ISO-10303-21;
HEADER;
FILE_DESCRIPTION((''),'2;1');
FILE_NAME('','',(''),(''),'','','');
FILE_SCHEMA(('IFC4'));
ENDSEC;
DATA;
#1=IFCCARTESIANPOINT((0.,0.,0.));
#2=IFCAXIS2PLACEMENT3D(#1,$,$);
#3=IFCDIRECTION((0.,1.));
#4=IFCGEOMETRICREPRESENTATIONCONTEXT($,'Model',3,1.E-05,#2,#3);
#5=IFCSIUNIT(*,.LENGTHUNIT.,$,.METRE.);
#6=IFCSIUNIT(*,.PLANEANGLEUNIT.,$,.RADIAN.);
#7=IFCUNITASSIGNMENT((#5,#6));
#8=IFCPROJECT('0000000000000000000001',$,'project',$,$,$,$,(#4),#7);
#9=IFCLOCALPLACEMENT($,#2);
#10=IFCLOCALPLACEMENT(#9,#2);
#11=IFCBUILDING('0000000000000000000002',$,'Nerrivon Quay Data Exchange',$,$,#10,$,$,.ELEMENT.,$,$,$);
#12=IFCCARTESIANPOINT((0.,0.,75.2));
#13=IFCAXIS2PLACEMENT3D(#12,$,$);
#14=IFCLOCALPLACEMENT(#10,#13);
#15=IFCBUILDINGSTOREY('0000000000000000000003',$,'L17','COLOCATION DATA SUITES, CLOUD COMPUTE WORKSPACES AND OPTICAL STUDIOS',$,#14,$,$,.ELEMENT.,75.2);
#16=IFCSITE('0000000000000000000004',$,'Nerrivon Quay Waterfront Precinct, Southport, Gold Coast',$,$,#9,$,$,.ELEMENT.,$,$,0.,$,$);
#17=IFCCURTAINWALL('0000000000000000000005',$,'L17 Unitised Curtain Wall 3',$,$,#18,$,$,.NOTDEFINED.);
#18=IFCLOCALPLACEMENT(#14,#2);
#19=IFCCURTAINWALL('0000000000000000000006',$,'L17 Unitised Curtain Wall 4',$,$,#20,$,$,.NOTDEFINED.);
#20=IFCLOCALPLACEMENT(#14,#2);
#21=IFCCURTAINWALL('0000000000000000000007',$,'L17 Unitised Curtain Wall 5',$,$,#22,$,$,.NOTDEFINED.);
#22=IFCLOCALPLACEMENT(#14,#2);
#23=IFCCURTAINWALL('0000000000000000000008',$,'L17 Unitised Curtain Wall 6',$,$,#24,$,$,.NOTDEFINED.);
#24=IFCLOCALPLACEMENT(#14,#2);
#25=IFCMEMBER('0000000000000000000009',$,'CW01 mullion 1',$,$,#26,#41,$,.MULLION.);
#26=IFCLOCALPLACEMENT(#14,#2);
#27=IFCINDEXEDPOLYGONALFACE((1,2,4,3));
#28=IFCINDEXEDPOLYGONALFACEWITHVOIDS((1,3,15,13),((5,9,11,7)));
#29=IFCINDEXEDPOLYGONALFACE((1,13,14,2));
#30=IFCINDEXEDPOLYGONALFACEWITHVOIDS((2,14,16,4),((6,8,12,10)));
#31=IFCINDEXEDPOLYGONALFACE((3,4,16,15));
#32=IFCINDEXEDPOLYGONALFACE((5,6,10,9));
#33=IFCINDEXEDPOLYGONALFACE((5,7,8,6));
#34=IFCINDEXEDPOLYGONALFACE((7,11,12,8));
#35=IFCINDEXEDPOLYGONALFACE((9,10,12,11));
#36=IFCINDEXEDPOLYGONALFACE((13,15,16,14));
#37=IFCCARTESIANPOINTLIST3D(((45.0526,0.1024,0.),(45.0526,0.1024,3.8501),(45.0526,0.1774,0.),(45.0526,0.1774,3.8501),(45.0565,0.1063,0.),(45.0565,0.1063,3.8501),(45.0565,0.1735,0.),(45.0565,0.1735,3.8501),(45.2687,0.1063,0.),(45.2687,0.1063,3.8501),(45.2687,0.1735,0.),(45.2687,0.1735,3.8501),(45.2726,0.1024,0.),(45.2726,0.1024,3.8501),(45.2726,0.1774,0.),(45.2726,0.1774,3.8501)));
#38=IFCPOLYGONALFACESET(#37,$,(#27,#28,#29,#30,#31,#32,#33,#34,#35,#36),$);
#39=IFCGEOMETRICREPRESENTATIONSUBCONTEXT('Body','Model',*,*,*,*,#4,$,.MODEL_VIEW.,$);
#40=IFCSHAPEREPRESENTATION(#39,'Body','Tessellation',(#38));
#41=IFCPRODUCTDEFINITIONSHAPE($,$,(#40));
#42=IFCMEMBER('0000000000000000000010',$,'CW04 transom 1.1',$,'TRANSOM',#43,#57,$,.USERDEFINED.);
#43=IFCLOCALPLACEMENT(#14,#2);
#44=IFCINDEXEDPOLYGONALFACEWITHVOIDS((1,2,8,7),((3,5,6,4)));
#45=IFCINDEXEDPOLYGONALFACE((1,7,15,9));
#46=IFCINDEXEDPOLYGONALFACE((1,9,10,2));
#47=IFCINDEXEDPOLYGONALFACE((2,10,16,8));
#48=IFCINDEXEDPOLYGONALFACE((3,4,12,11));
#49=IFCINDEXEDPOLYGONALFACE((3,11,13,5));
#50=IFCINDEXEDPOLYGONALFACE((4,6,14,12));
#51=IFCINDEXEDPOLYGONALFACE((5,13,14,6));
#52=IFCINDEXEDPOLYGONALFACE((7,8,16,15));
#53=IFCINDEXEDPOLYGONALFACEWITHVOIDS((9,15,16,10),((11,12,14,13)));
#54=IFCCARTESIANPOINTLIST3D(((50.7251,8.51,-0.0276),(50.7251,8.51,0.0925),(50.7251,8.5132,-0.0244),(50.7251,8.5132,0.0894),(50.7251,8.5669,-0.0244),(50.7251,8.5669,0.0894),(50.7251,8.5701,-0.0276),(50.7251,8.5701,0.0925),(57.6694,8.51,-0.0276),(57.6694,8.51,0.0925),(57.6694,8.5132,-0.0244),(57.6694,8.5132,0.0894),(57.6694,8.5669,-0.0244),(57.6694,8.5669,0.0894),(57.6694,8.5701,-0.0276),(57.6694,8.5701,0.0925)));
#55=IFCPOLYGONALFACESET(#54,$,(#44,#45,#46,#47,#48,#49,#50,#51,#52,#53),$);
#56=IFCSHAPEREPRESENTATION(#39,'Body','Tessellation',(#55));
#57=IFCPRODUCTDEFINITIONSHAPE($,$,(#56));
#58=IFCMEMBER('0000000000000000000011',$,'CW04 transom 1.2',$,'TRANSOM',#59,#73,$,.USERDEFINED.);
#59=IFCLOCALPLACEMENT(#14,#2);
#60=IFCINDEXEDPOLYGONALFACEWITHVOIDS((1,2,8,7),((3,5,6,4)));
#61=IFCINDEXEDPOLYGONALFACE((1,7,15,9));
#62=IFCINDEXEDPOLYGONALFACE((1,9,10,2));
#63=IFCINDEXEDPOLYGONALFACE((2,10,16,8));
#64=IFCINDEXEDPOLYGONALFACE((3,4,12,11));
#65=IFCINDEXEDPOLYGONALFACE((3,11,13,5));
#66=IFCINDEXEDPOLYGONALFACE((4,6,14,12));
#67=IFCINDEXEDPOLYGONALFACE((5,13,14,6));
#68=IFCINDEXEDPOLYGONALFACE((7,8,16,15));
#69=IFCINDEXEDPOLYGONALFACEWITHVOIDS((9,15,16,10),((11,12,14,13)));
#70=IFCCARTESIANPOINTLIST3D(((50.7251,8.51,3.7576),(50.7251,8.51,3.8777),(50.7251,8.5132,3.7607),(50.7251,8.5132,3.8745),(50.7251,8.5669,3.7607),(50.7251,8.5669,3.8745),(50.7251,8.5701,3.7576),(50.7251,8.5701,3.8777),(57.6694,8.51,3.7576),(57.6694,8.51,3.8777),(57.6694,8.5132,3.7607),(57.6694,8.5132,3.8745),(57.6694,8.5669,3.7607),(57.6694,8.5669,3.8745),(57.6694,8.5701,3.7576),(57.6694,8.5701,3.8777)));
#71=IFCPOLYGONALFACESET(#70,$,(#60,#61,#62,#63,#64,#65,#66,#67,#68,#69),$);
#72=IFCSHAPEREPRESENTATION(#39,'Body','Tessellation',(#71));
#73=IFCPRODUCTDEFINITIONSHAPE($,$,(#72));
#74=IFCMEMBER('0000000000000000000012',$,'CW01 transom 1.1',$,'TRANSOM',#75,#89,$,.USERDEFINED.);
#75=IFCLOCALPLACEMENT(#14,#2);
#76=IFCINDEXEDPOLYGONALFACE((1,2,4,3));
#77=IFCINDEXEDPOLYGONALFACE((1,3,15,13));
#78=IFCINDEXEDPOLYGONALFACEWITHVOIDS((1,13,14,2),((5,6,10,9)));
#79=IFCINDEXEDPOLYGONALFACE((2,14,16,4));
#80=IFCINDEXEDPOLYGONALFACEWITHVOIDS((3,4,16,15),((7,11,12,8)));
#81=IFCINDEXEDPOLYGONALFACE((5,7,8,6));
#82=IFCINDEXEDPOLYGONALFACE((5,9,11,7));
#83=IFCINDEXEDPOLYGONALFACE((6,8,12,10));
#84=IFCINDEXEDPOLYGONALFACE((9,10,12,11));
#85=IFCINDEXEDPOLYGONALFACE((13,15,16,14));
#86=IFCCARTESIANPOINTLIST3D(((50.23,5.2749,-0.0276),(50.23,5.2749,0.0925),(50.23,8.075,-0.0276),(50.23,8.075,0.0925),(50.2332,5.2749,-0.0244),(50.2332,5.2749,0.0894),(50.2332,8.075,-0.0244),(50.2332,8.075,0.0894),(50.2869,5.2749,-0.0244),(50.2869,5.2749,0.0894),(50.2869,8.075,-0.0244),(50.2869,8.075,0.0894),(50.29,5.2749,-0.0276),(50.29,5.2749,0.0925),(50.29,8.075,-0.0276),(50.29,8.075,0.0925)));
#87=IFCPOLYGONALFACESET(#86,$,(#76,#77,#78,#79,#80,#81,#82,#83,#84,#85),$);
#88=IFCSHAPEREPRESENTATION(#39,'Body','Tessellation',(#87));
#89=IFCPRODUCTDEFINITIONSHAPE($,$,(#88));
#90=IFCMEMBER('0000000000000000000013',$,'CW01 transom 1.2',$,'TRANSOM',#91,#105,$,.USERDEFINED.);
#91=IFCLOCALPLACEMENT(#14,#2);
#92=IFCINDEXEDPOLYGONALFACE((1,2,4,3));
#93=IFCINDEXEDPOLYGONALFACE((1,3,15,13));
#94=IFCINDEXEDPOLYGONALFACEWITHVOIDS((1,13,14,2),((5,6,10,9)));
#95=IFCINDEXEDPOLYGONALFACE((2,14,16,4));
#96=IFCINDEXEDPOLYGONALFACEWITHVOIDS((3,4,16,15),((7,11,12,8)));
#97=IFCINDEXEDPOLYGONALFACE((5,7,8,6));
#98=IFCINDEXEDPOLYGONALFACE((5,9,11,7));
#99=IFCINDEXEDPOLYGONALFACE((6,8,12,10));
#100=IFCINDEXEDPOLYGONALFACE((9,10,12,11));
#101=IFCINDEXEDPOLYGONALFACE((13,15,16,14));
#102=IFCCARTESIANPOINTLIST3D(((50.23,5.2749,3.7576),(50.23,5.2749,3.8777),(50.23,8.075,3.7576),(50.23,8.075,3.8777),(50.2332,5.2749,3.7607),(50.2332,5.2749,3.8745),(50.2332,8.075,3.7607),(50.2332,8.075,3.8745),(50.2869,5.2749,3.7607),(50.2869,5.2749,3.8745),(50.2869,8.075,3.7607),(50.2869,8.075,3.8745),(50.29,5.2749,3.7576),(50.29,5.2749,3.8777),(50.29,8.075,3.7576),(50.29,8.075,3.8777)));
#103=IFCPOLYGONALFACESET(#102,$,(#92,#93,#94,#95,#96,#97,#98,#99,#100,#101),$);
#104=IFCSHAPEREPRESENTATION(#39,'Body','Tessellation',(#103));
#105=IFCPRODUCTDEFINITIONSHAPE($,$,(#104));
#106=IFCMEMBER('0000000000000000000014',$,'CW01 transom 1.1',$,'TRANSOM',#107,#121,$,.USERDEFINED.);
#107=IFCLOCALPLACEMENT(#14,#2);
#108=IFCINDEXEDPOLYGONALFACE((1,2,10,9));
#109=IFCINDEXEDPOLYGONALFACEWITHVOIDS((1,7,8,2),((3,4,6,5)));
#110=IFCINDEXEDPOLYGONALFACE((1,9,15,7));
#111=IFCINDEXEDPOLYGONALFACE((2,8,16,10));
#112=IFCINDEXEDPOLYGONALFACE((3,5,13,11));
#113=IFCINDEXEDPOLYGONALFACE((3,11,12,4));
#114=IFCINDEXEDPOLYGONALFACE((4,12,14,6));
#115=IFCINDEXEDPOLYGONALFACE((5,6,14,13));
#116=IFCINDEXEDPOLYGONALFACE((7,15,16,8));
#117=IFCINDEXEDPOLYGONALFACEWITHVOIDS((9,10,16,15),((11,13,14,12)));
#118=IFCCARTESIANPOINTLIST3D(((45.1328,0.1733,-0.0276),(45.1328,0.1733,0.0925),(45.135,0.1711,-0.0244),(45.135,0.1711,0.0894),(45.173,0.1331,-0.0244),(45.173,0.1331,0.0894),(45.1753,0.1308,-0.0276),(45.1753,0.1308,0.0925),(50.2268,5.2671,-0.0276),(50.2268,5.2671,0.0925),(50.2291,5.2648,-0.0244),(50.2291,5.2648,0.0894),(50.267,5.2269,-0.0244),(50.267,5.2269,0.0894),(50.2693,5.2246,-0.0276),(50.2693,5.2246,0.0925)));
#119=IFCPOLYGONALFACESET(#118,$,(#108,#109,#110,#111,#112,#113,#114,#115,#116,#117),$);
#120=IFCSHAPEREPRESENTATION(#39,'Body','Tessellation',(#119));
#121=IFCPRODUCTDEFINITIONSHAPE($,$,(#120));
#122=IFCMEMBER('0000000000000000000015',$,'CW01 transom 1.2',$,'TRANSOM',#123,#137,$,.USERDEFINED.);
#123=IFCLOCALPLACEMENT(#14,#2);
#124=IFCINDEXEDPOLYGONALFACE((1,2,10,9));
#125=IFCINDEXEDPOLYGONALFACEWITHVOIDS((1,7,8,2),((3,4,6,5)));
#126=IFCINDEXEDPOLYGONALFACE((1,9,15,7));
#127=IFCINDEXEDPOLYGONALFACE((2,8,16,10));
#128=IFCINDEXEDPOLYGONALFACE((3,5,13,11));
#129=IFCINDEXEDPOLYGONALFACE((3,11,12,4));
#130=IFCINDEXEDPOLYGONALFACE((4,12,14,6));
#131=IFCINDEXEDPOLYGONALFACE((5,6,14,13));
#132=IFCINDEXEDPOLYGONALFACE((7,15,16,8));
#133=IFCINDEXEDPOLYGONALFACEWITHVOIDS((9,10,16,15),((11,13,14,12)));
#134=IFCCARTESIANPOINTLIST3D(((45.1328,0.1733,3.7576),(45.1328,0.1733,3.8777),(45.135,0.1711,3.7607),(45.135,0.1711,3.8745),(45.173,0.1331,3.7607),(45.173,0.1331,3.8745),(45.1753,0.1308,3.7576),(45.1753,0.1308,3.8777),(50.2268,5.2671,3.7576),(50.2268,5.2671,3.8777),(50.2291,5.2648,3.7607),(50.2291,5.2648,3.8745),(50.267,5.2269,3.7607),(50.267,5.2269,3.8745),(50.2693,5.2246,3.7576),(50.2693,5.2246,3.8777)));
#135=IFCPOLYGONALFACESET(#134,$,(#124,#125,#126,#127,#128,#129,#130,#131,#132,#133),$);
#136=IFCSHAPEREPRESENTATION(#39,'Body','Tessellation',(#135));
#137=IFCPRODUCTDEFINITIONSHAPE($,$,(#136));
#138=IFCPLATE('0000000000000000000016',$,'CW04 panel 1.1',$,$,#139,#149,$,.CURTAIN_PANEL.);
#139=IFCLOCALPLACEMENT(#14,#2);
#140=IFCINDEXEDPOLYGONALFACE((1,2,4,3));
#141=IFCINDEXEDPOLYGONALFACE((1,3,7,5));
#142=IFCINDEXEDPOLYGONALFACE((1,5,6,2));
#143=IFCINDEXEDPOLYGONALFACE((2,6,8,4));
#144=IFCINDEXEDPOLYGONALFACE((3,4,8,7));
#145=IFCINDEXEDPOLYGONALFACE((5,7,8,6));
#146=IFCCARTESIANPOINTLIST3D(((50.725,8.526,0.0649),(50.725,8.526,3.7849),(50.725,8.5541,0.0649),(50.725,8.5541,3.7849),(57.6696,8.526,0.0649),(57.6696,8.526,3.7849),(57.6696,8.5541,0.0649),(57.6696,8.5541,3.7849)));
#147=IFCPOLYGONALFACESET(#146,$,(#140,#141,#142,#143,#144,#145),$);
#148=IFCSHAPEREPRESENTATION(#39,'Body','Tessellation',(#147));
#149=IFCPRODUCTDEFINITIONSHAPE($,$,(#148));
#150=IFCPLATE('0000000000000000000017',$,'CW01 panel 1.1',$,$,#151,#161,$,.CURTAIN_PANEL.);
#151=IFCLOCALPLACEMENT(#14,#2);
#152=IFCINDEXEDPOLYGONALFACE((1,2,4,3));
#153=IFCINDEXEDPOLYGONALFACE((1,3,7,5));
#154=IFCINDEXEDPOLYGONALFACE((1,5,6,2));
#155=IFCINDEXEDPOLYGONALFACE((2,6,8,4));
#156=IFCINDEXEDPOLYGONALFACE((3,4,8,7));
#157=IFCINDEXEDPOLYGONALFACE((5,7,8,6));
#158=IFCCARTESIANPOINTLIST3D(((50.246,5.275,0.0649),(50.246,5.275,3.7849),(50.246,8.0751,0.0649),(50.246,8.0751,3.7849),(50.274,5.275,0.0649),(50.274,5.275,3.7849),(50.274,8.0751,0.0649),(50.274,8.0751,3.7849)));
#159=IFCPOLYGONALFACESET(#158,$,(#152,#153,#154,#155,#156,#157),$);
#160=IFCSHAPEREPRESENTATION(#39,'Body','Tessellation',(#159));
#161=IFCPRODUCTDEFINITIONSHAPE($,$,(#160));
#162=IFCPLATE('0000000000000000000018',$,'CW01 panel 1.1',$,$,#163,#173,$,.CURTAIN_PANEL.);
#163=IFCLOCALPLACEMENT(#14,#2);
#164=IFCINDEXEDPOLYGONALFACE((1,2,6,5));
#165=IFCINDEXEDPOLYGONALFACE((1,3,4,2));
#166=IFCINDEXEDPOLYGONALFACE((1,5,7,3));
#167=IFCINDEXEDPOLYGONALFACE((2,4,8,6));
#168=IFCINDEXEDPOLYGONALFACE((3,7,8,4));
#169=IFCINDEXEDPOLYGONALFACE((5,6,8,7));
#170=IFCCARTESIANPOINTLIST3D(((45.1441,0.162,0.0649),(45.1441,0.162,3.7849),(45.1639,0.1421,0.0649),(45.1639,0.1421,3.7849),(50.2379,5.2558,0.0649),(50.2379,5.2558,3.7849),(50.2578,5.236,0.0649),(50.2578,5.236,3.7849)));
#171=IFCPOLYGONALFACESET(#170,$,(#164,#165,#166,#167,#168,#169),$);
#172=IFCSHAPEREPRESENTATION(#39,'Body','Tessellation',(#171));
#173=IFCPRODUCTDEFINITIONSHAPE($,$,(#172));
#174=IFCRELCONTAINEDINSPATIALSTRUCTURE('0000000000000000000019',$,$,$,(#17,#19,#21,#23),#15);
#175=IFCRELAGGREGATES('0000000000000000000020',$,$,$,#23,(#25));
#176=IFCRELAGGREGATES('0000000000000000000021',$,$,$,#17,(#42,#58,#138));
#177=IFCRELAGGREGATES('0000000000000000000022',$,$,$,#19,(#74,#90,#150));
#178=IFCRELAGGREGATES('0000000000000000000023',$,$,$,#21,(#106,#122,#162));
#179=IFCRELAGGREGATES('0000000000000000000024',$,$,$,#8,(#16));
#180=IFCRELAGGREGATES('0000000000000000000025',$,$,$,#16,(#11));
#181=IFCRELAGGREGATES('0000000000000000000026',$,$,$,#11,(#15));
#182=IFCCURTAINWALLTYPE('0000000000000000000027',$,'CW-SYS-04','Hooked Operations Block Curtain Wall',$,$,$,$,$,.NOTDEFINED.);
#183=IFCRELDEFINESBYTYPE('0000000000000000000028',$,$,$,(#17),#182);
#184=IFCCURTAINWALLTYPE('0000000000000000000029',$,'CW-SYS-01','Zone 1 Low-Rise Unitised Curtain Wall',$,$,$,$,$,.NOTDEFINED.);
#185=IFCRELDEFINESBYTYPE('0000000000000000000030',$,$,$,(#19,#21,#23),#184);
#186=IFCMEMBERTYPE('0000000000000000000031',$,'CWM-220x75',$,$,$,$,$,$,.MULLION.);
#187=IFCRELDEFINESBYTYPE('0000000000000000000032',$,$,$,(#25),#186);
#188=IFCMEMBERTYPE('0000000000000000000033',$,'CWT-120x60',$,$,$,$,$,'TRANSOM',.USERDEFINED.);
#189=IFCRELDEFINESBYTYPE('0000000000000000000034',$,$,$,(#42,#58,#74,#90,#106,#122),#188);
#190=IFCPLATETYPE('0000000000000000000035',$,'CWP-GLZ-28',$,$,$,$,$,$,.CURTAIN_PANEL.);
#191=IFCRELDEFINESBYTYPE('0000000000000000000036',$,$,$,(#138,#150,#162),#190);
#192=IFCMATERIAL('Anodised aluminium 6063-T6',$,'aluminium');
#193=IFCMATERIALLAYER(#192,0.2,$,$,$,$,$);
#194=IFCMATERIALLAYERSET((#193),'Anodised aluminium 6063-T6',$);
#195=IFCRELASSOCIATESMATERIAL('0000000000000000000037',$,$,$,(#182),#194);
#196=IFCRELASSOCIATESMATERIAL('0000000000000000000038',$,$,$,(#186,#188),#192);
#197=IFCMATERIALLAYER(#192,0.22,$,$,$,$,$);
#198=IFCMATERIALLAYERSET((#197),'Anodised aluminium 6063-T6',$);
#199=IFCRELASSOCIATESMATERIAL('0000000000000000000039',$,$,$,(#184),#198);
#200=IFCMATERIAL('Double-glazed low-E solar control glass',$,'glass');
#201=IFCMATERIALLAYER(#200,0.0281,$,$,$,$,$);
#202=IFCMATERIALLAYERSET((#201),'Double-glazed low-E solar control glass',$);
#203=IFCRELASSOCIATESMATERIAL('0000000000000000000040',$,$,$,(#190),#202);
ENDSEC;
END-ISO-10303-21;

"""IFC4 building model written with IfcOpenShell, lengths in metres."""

from ifc_helpers import new_model, si_unit, direction, frame, origin, origin_2d, place, context, subcontext, project, spatial, rectangle, hollow_rectangle, extrude, material, layer, layer_set, material_profile, profile_set, type_object, element, aggregate, save


model = new_model("IFC4")

# Units and contexts
model_context = context("Model", 3, precision=1e-05, world=origin(), true_north=direction((0.0, 1.0)))
body_context = subcontext(model_context, "Body", "Model", "MODEL_VIEW")
ifc_project = project(units=[si_unit("LENGTHUNIT", "METRE"), si_unit("PLANEANGLEUNIT", "RADIAN")], contexts=[model_context])

# Site, building, storey
site_placement = place(None, origin())
site = spatial("IfcSite", under=ifc_project, at=site_placement, Name="Nerrivon Quay Waterfront Precinct, Southport, Gold Coast", CompositionType="ELEMENT", RefElevation=0.0)
building_placement = place(site_placement, origin())
building = spatial("IfcBuilding", under=site, at=building_placement, Name="Nerrivon Quay Data Exchange", CompositionType="ELEMENT")
storey_placement = place(building_placement, frame((0.0, 0.0, 75.2)))
storey = spatial("IfcBuildingStorey", under=building, at=storey_placement, Name="L17", Description="COLOCATION DATA SUITES, CLOUD COMPUTE WORKSPACES AND OPTICAL STUDIOS", CompositionType="ELEMENT", Elevation=75.2)

# Curtain walls
ifc_material_1 = material(Name="Anodised aluminium 6063-T6", Category="aluminium")
ifc_layer_1 = layer(ifc_material_1, 0.2)
ifc_layer_set_1 = layer_set([ifc_layer_1], Name="Anodised aluminium 6063-T6")
curtain_wall_type_1 = type_object("IfcCurtainWallType", Name="CW-SYS-04", Description="Hooked Operations Block Curtain Wall", PredefinedType="NOTDEFINED", material=ifc_layer_set_1)
curtain_wall_1_placement = place(storey_placement, origin())
curtain_wall_1 = element("IfcCurtainWall", 1, at=curtain_wall_1_placement, inside=storey, type_object=curtain_wall_type_1, Name="L17 Unitised Curtain Wall 3", PredefinedType="NOTDEFINED")
ifc_material_profile_1 = material_profile(ifc_material_1, hollow_rectangle(XDim=0.075, YDim=0.22, WallThickness=0.0039, at=origin_2d()), Name="ALU-MULL-220x75")
ifc_profile_set_1 = profile_set([ifc_material_profile_1], Name="Anodised aluminium 6063-T6")
member_type_1 = type_object("IfcMemberType", Name="CWM-220x75", PredefinedType="MULLION", material=ifc_profile_set_1)
ifc_layer_2 = layer(ifc_material_1, 0.22)
ifc_layer_set_2 = layer_set([ifc_layer_2], Name="Anodised aluminium 6063-T6")
curtain_wall_type_2 = type_object("IfcCurtainWallType", Name="CW-SYS-01", Description="Zone 1 Low-Rise Unitised Curtain Wall", PredefinedType="NOTDEFINED", material=ifc_layer_set_2)
curtain_wall_2_placement = place(storey_placement, origin())
curtain_wall_2 = element("IfcCurtainWall", 2, at=curtain_wall_2_placement, inside=storey, type_object=curtain_wall_type_2, Name="L17 Unitised Curtain Wall 4", PredefinedType="NOTDEFINED")

# Curtain walls, member
curtain_wall_3_placement = place(storey_placement, origin())
curtain_wall_3 = element("IfcCurtainWall", 3, at=curtain_wall_3_placement, inside=storey, type_object=curtain_wall_type_2, Name="L17 Unitised Curtain Wall 5", PredefinedType="NOTDEFINED")
curtain_wall_4_placement = place(storey_placement, origin())
curtain_wall_4 = element("IfcCurtainWall", 4, at=curtain_wall_4_placement, inside=storey, type_object=curtain_wall_type_2, Name="L17 Unitised Curtain Wall 6", PredefinedType="NOTDEFINED")
member_1_placement = place(storey_placement, frame((45.1626, 0.1399, 0.0), z_axis=(0.0, 0.0, 1.0), x_axis=(0.0, -1.0, 0.0)))
member_1 = element("IfcMember", 5, at=member_1_placement, type_object=member_type_1, Name="CW01 mullion 1", PredefinedType="MULLION", context=body_context, shape_type="SweptSolid", body=[
    extrude(hollow_rectangle(XDim=0.075, YDim=0.22, WallThickness=0.0039, at=origin_2d()), origin(), (0.0, 0.0, 1.0), 3.8501),
])
aggregate(curtain_wall_4, [member_1])

# Members
ifc_material_profile_2 = material_profile(ifc_material_1, hollow_rectangle(XDim=0.0601, YDim=0.1201, WallThickness=0.0032, at=origin_2d()), Name="ALU-TRAN-120x60")
ifc_profile_set_2 = profile_set([ifc_material_profile_2], Name="Anodised aluminium 6063-T6")
member_type_2 = type_object("IfcMemberType", Name="CWT-120x60", ElementType="TRANSOM", PredefinedType="USERDEFINED", material=ifc_profile_set_2)
member_2_placement = place(storey_placement, frame((57.6694, 8.54, 0.0325), z_axis=(-1.0, 0.0, 0.0), x_axis=(0.0, -1.0, 0.0)))
member_2 = element("IfcMember", 6, at=member_2_placement, type_object=member_type_2, Name="CW04 transom 1.1", ObjectType="TRANSOM", PredefinedType="USERDEFINED", context=body_context, shape_type="SweptSolid", body=[
    extrude(hollow_rectangle(XDim=0.0601, YDim=0.1201, WallThickness=0.0032, at=origin_2d()), origin(), (0.0, 0.0, 1.0), 6.9443),
])
member_3_placement = place(storey_placement, frame((57.6694, 8.54, 3.8176), z_axis=(-1.0, 0.0, 0.0), x_axis=(0.0, -1.0, 0.0)))
member_3 = element("IfcMember", 7, at=member_3_placement, type_object=member_type_2, Name="CW04 transom 1.2", ObjectType="TRANSOM", PredefinedType="USERDEFINED", context=body_context, shape_type="SweptSolid", body=[
    extrude(hollow_rectangle(XDim=0.0601, YDim=0.1201, WallThickness=0.0032, at=origin_2d()), origin(), (0.0, 0.0, 1.0), 6.9443),
])
member_4_placement = place(storey_placement, frame((50.26, 8.075, 0.0325), z_axis=(0.0, -1.0, 0.0), x_axis=(1.0, 0.0, 0.0)))
member_4 = element("IfcMember", 8, at=member_4_placement, type_object=member_type_2, Name="CW01 transom 1.1", ObjectType="TRANSOM", PredefinedType="USERDEFINED", context=body_context, shape_type="SweptSolid", body=[
    extrude(hollow_rectangle(XDim=0.0601, YDim=0.1201, WallThickness=0.0032, at=origin_2d()), origin(), (0.0, 0.0, 1.0), 2.8),
])
member_5_placement = place(storey_placement, frame((50.26, 8.075, 3.8176), z_axis=(0.0, -1.0, 0.0), x_axis=(1.0, 0.0, 0.0)))
member_5 = element("IfcMember", 9, at=member_5_placement, type_object=member_type_2, Name="CW01 transom 1.2", ObjectType="TRANSOM", PredefinedType="USERDEFINED", context=body_context, shape_type="SweptSolid", body=[
    extrude(hollow_rectangle(XDim=0.0601, YDim=0.1201, WallThickness=0.0032, at=origin_2d()), origin(), (0.0, 0.0, 1.0), 2.8),
])
member_6_placement = place(storey_placement, frame((50.248, 5.2458, 0.0325), z_axis=(-0.707124, -0.70709, 0.0), x_axis=(0.70709, -0.707124, 0.0)))
member_6 = element("IfcMember", 10, at=member_6_placement, type_object=member_type_2, Name="CW01 transom 1.1", ObjectType="TRANSOM", PredefinedType="USERDEFINED", context=body_context, shape_type="SweptSolid", body=[
    extrude(hollow_rectangle(XDim=0.0601, YDim=0.1201, WallThickness=0.0032, at=origin_2d()), origin(), (0.0, 0.0, 1.0), 7.2039),
])
member_7_placement = place(storey_placement, frame((50.248, 5.2458, 3.8176), z_axis=(-0.707124, -0.70709, 0.0), x_axis=(0.70709, -0.707124, 0.0)))
member_7 = element("IfcMember", 11, at=member_7_placement, type_object=member_type_2, Name="CW01 transom 1.2", ObjectType="TRANSOM", PredefinedType="USERDEFINED", context=body_context, shape_type="SweptSolid", body=[
    extrude(hollow_rectangle(XDim=0.0601, YDim=0.1201, WallThickness=0.0032, at=origin_2d()), origin(), (0.0, 0.0, 1.0), 7.2039),
])

# Plates
ifc_material_2 = material(Name="Double-glazed low-E solar control glass", Category="glass")
ifc_layer_3 = layer(ifc_material_2, 0.0281)
ifc_layer_set_3 = layer_set([ifc_layer_3], Name="Double-glazed low-E solar control glass")
plate_type = type_object("IfcPlateType", Name="CWP-GLZ-28", PredefinedType="CURTAIN_PANEL", material=ifc_layer_set_3)
plate_1_placement = place(storey_placement, frame((54.1973, 8.54, 0.0649), z_axis=(0.0, 0.0, 1.0), x_axis=(-1.0, 0.0, 0.0)))
plate_1 = element("IfcPlate", 12, at=plate_1_placement, type_object=plate_type, Name="CW04 panel 1.1", PredefinedType="CURTAIN_PANEL", context=body_context, shape_type="SweptSolid", body=[
    extrude(rectangle(XDim=6.9446, YDim=0.0281, at=origin_2d()), origin(), (0.0, 0.0, 1.0), 3.72),
])
aggregate(curtain_wall_1, [member_2, member_3, plate_1])
plate_2_placement = place(storey_placement, frame((50.26, 6.675, 0.0649), z_axis=(0.0, 0.0, 1.0), x_axis=(0.0, -1.0, 0.0)))
plate_2 = element("IfcPlate", 13, at=plate_2_placement, type_object=plate_type, Name="CW01 panel 1.1", PredefinedType="CURTAIN_PANEL", context=body_context, shape_type="SweptSolid", body=[
    extrude(rectangle(XDim=2.8, YDim=0.0281, at=origin_2d()), origin(), (0.0, 0.0, 1.0), 3.72),
])
aggregate(curtain_wall_2, [member_4, member_5, plate_2])
plate_3_placement = place(storey_placement, frame((47.7009, 2.699, 0.0649), z_axis=(0.0, 0.0, 1.0), x_axis=(-0.707107, -0.707107, 0.0)))
plate_3 = element("IfcPlate", 14, at=plate_3_placement, type_object=plate_type, Name="CW01 panel 1.1", PredefinedType="CURTAIN_PANEL", context=body_context, shape_type="SweptSolid", body=[
    extrude(rectangle(XDim=7.2039, YDim=0.0281, at=origin_2d()), origin(), (0.0, 0.0, 1.0), 3.72),
])
aggregate(curtain_wall_3, [member_6, member_7, plate_3])

save(model, "model.ifc")
